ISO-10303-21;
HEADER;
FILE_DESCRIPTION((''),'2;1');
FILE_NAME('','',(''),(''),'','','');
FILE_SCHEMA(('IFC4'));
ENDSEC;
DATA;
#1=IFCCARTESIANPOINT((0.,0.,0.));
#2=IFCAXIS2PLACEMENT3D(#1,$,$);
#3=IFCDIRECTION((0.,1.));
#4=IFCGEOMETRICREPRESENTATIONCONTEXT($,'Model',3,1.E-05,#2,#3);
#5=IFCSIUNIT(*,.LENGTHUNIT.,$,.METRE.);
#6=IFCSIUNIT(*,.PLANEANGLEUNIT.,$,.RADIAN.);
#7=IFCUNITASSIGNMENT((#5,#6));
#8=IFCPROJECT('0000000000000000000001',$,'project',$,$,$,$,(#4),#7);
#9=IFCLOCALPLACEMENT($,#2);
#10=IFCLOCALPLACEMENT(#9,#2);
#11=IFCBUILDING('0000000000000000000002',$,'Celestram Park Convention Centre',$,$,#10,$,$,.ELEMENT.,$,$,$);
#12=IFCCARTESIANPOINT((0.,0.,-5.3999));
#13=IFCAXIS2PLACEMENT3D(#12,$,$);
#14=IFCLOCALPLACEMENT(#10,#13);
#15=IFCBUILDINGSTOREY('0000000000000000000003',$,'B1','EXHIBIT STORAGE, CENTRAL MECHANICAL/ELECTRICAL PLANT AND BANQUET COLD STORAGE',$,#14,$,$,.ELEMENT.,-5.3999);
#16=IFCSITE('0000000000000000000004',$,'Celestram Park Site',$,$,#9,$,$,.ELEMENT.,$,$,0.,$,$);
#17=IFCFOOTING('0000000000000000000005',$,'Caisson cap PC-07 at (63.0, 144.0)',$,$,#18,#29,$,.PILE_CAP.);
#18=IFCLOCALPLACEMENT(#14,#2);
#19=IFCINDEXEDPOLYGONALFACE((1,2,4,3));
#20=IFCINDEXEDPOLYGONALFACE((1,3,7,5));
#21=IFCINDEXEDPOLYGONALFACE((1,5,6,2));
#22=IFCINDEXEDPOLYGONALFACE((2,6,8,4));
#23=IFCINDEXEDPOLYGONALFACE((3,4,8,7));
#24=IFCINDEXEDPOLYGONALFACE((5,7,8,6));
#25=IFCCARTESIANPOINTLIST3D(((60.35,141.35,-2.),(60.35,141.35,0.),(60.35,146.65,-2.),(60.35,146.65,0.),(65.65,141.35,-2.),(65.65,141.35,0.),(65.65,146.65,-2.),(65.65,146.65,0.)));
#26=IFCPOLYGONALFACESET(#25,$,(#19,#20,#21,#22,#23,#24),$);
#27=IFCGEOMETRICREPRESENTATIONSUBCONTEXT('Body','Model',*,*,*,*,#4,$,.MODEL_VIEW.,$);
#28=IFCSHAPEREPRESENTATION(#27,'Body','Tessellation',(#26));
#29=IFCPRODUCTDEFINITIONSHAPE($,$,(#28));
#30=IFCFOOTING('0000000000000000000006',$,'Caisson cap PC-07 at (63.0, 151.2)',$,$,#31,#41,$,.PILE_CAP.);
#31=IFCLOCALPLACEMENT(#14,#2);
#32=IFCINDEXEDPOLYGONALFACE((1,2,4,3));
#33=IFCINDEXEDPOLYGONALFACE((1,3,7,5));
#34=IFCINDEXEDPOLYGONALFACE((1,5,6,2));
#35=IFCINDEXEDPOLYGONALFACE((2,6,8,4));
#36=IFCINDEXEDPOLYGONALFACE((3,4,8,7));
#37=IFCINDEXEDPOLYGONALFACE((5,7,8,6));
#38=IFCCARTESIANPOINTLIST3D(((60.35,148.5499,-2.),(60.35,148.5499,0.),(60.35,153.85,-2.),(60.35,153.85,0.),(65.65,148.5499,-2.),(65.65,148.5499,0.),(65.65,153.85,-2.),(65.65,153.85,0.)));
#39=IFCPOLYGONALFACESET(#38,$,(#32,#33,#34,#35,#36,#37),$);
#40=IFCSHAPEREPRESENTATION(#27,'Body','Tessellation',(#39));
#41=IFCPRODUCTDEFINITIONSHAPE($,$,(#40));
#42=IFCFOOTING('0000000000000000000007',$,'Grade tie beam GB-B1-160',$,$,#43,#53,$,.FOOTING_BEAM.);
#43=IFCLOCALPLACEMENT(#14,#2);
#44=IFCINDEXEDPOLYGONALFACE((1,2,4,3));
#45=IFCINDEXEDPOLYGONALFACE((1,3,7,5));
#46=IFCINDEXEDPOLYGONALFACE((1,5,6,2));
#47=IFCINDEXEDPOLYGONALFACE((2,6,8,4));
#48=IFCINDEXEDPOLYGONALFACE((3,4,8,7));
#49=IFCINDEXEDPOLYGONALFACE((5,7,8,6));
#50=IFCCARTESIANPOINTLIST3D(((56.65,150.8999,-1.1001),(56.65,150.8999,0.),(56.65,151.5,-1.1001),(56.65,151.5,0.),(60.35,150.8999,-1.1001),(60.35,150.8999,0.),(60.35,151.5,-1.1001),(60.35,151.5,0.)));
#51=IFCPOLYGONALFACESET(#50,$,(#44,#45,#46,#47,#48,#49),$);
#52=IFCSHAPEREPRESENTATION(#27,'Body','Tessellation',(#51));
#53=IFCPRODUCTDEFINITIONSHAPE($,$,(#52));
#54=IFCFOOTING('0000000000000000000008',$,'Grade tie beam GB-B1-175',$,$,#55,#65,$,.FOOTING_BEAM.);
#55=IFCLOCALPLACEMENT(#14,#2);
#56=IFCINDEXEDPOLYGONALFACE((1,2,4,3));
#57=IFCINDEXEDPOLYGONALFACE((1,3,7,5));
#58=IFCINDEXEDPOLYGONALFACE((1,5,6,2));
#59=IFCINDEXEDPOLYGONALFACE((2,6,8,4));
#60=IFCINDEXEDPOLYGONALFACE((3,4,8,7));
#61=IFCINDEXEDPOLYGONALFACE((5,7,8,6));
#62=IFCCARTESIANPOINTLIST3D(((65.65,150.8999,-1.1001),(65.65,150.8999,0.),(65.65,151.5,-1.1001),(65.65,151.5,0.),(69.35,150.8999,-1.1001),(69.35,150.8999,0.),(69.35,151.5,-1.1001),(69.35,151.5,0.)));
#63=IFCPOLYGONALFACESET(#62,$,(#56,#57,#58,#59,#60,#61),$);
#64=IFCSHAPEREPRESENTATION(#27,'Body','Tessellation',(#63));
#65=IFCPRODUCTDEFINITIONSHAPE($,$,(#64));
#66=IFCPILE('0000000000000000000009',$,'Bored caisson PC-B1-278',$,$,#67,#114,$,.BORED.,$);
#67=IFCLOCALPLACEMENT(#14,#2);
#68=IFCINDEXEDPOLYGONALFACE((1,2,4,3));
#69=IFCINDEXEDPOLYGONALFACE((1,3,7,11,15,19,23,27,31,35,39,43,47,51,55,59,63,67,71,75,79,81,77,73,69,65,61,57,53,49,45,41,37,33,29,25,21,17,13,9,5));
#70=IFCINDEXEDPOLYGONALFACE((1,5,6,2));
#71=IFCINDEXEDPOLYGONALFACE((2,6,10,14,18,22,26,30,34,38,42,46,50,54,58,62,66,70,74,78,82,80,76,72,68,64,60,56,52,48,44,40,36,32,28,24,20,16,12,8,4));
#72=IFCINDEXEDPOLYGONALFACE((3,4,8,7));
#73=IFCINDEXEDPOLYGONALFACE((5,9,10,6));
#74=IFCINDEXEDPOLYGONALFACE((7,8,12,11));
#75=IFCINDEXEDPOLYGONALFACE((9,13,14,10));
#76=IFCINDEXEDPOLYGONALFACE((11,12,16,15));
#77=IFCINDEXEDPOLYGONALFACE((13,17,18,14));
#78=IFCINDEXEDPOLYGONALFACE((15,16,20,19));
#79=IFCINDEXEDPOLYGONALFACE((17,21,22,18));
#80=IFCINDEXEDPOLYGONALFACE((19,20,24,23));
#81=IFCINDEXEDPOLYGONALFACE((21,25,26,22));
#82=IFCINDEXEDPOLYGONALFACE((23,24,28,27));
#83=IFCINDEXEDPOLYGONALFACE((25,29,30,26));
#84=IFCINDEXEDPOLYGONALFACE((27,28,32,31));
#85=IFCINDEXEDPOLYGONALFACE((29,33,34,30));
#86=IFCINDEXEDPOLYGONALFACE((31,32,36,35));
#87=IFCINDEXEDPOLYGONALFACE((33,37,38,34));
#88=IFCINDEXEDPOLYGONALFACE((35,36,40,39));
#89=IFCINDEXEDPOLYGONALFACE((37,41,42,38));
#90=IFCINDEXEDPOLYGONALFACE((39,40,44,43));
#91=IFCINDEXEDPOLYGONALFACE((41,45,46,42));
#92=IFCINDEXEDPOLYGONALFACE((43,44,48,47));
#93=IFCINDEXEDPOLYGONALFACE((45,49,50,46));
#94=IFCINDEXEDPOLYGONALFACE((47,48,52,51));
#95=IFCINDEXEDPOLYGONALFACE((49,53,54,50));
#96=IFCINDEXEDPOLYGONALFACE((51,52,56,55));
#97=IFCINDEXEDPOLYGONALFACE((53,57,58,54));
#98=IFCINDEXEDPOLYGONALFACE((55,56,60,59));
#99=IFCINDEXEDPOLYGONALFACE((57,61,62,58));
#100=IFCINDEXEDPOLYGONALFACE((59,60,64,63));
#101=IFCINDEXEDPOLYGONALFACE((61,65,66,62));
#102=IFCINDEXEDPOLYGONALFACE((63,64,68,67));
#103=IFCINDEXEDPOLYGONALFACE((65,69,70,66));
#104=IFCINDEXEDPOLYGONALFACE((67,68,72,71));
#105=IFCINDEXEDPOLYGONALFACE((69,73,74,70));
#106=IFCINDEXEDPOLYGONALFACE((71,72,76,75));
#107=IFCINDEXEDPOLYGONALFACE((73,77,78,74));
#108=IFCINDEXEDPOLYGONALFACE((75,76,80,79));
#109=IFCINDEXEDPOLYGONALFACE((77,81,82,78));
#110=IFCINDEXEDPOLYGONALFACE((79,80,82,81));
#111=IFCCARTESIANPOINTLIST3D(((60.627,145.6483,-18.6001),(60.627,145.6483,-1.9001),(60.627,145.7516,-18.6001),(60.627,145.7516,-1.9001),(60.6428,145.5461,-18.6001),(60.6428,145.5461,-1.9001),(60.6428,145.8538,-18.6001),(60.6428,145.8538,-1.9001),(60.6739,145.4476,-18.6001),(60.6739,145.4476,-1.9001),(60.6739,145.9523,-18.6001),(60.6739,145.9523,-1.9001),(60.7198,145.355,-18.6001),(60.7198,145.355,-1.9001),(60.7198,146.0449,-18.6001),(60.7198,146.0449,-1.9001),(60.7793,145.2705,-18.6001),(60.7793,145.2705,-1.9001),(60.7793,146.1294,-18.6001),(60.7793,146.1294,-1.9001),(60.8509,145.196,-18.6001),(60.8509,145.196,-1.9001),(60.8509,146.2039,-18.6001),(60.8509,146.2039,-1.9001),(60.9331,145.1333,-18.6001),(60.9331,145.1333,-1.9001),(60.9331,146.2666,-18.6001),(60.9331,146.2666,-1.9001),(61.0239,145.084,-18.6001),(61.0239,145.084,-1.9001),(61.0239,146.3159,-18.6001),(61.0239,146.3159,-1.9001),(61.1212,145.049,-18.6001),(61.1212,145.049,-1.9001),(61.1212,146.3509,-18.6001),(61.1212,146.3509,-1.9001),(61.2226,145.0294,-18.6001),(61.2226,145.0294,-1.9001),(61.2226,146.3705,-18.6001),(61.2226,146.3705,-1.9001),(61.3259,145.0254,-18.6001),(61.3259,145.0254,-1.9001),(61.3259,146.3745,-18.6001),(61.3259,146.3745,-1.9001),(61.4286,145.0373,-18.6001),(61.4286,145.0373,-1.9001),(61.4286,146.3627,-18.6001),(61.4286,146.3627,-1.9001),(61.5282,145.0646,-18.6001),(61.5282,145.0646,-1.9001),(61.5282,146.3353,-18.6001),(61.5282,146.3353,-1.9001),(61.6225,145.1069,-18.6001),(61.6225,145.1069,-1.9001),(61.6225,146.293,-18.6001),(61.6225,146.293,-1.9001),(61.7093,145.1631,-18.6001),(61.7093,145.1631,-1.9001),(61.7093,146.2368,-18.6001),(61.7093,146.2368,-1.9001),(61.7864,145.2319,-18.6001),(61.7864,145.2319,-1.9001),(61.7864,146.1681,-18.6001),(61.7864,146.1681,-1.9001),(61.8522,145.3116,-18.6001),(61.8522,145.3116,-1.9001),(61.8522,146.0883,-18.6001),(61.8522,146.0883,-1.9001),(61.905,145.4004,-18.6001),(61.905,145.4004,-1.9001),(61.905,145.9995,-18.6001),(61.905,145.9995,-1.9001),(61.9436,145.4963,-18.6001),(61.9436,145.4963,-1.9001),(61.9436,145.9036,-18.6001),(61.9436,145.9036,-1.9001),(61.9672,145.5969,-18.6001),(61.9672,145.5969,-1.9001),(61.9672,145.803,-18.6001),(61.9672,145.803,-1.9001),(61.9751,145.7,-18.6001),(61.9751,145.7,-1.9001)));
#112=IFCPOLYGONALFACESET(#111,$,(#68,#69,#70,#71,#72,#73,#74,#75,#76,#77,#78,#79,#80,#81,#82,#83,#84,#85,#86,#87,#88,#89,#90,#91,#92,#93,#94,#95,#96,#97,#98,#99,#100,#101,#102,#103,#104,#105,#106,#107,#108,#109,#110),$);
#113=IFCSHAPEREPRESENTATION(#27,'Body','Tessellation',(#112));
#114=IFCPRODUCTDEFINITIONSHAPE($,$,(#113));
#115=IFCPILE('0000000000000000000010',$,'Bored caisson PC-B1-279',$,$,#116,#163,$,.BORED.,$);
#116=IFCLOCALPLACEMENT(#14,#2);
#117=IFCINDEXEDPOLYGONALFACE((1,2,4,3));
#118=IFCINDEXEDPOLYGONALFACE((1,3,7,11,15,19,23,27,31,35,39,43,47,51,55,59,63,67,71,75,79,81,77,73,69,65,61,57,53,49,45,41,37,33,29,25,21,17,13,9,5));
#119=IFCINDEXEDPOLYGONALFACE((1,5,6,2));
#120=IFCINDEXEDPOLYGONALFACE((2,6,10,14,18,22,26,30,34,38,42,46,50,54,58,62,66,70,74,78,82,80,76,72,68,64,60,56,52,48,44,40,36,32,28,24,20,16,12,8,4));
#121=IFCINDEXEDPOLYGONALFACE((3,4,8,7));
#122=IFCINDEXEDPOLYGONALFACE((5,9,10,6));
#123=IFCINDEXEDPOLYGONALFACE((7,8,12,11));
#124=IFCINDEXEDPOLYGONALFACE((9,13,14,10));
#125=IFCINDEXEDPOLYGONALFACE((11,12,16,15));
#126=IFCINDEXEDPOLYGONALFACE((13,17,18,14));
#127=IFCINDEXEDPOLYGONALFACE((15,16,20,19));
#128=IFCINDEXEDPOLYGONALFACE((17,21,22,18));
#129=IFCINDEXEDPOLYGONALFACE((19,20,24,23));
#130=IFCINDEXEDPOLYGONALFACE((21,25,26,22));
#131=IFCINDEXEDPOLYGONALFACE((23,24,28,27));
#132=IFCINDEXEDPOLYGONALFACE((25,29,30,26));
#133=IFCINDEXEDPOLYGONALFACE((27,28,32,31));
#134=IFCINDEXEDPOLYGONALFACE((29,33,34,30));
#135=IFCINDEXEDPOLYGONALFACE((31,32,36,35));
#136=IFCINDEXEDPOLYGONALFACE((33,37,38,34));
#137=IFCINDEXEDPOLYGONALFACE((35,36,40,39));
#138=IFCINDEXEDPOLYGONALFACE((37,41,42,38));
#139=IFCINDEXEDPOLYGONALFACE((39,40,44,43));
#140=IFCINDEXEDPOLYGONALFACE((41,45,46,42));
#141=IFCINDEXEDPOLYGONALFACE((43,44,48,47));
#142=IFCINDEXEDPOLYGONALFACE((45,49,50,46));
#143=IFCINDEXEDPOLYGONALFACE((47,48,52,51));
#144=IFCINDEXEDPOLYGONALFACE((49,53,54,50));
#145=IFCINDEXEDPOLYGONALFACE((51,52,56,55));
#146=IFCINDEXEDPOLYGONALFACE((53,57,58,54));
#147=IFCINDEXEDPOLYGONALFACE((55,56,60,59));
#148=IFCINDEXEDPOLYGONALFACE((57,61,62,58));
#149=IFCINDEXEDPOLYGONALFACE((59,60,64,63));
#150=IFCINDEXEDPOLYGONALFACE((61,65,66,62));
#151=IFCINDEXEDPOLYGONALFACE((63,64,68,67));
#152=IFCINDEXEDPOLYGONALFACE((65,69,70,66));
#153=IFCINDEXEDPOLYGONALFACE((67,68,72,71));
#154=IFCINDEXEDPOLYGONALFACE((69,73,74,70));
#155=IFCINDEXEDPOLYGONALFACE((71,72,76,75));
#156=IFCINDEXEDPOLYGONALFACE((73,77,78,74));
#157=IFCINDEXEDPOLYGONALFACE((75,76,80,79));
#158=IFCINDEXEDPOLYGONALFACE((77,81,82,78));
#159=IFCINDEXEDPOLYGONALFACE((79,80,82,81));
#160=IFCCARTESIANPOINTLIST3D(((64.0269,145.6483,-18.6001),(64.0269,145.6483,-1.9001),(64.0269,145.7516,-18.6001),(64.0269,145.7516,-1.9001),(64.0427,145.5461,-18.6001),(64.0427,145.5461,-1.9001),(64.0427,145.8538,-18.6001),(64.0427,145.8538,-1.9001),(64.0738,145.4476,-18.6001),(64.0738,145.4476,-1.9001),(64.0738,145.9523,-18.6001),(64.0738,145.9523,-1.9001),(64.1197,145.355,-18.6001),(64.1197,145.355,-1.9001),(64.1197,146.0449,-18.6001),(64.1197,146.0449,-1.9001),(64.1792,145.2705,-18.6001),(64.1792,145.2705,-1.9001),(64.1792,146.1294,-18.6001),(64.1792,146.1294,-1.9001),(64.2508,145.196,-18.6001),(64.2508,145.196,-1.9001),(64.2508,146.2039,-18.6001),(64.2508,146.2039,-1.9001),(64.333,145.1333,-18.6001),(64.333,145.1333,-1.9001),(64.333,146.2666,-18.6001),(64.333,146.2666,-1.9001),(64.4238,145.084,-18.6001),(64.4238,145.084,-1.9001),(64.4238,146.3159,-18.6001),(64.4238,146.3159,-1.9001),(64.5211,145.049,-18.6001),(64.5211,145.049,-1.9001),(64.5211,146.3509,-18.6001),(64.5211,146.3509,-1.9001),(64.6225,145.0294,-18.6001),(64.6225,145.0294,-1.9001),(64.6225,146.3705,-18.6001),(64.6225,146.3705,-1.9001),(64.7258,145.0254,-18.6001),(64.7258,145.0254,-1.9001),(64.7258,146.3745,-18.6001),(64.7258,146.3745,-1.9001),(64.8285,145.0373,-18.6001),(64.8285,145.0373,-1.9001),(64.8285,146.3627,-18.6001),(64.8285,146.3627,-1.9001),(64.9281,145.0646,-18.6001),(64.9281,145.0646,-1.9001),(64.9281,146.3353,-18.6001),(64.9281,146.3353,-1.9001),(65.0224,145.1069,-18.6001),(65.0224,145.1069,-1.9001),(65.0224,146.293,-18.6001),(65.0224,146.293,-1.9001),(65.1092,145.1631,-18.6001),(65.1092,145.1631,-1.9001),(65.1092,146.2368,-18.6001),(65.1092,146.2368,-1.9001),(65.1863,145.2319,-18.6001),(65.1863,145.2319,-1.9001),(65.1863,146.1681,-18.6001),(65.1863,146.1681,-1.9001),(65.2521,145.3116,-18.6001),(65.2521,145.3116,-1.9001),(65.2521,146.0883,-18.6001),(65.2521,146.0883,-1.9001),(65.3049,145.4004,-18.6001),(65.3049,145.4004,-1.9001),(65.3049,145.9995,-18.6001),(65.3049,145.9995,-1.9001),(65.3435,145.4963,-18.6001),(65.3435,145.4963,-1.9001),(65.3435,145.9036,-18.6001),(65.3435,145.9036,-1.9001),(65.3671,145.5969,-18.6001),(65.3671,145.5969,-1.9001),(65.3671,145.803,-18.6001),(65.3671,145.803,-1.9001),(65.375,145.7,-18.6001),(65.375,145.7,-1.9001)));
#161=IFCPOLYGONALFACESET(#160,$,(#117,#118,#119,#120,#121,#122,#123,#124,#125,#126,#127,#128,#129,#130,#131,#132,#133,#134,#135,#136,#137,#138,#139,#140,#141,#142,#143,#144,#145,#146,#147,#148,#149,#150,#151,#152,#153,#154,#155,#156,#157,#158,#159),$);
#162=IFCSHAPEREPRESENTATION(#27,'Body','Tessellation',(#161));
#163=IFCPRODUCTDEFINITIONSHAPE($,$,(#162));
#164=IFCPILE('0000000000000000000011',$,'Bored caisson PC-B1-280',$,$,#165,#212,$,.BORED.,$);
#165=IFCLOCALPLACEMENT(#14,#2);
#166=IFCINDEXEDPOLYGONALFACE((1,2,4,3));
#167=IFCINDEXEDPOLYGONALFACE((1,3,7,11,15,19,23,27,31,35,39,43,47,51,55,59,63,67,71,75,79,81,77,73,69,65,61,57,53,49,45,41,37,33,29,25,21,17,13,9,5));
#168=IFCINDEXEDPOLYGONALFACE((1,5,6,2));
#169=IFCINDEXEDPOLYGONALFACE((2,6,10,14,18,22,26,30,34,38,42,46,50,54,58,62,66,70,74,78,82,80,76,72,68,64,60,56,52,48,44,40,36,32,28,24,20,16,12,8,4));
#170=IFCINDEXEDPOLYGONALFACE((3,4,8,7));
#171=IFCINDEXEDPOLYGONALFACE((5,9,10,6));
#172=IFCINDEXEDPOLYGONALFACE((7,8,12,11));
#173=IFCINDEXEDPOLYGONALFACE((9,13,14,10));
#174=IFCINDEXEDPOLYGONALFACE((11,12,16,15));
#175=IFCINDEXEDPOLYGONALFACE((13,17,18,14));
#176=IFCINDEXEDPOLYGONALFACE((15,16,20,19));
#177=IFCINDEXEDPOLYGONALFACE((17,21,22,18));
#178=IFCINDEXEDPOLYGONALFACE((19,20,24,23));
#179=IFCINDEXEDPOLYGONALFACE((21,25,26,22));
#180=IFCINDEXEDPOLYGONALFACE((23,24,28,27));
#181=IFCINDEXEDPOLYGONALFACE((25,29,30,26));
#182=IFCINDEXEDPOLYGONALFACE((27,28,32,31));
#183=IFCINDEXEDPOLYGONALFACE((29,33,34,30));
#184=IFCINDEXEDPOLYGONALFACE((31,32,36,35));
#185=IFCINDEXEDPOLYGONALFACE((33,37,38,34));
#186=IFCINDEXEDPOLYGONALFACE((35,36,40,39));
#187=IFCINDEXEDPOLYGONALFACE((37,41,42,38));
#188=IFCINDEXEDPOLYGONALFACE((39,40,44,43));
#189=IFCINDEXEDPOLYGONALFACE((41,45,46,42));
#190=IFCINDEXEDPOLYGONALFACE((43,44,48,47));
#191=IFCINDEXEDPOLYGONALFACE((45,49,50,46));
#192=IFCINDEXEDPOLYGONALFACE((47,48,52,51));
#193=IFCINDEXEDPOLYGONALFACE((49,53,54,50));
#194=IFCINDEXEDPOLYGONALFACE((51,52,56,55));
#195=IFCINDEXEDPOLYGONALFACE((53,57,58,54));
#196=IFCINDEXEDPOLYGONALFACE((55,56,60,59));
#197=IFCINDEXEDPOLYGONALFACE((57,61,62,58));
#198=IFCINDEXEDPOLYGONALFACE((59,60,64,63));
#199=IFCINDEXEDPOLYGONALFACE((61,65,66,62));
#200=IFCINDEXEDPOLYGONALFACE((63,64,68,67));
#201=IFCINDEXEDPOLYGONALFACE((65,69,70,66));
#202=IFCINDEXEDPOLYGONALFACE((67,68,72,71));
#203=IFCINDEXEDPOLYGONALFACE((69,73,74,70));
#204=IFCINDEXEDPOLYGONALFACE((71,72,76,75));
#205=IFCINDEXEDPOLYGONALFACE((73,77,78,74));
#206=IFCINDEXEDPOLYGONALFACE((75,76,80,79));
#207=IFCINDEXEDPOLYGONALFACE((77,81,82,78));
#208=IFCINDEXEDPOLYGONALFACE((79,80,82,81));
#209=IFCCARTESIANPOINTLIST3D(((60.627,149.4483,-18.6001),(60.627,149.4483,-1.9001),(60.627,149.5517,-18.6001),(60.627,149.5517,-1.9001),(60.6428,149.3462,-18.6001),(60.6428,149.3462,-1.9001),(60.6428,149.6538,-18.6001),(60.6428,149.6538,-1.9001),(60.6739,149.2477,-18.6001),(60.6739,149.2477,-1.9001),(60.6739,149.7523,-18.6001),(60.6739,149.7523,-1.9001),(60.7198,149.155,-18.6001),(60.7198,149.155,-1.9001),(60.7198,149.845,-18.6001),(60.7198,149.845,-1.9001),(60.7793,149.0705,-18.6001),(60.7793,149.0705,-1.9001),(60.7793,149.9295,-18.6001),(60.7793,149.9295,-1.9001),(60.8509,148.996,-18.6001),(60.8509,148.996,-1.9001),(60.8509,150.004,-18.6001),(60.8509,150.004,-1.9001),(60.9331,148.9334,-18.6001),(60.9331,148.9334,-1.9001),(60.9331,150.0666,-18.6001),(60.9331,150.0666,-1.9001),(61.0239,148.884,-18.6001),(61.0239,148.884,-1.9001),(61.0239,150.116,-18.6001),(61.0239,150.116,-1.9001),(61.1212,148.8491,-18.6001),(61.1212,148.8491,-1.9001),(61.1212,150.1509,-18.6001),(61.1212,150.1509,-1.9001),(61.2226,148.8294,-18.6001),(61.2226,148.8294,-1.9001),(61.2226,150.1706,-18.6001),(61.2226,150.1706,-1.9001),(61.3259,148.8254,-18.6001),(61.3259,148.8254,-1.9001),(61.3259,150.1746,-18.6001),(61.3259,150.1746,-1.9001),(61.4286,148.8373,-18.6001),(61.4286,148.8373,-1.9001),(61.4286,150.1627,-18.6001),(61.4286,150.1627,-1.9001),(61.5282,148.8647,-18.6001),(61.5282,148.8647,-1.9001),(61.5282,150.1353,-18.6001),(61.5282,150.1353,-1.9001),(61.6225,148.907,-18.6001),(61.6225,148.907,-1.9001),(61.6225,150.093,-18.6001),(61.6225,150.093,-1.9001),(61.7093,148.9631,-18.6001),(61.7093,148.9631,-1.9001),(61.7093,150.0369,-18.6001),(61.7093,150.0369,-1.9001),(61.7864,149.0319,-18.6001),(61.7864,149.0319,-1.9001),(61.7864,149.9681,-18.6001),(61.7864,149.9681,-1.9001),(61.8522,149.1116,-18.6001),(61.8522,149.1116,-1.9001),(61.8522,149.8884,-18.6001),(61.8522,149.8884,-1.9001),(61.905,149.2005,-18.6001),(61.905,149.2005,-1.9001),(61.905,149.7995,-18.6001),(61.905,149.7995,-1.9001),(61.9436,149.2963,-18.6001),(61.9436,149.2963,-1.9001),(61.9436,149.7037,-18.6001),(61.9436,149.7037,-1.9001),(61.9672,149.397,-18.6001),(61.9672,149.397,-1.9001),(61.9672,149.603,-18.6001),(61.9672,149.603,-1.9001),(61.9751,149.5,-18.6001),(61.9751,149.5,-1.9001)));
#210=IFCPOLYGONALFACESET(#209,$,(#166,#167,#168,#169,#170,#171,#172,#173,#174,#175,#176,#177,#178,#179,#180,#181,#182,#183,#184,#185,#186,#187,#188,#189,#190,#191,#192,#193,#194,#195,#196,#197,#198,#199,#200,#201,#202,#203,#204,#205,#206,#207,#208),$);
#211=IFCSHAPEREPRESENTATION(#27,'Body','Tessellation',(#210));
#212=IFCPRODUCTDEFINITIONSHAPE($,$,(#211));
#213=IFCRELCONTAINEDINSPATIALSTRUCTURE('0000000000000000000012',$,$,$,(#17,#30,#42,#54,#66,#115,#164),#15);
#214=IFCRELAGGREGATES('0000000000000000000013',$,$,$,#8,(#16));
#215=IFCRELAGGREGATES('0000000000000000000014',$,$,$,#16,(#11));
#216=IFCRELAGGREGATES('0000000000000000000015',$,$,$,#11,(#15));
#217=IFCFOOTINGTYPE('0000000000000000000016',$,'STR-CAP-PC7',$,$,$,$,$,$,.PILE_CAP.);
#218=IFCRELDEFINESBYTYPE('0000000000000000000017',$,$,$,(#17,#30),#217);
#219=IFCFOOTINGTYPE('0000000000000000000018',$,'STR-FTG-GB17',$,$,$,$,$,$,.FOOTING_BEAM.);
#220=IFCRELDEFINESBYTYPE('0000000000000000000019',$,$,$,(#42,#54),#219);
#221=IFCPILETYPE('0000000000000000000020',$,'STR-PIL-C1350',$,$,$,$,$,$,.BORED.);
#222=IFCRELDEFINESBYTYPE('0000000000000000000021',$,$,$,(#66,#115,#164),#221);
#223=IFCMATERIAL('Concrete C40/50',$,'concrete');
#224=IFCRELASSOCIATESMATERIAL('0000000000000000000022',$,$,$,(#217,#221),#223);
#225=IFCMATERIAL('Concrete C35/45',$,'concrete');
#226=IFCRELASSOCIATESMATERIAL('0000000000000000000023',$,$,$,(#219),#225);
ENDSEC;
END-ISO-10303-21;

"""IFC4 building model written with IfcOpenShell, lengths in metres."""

from ifc_helpers import new_model, si_unit, direction, frame, origin, origin_2d, place, context, subcontext, project, spatial, rectangle, circle, extrude, material, material_profile, profile_set, type_object, element, save


model = new_model("IFC4")

# Units and contexts
model_context = context("Model", 3, precision=1e-05, world=origin(), true_north=direction((0.0, 1.0)))
body_context = subcontext(model_context, "Body", "Model", "MODEL_VIEW")
ifc_project = project(units=[si_unit("LENGTHUNIT", "METRE"), si_unit("PLANEANGLEUNIT", "RADIAN")], contexts=[model_context])

# Site, building, storey
site_placement = place(None, origin())
site = spatial("IfcSite", under=ifc_project, at=site_placement, Name="Celestram Park Site", CompositionType="ELEMENT", RefElevation=0.0)
building_placement = place(site_placement, origin())
building = spatial("IfcBuilding", under=site, at=building_placement, Name="Celestram Park Convention Centre", CompositionType="ELEMENT")
storey_placement = place(building_placement, frame((0.0, 0.0, -5.3999)))
storey = spatial("IfcBuildingStorey", under=building, at=storey_placement, Name="B1", Description="EXHIBIT STORAGE, CENTRAL MECHANICAL/ELECTRICAL PLANT AND BANQUET COLD STORAGE", CompositionType="ELEMENT", Elevation=-5.3999)

# Footings
ifc_material_1 = material(Name="Concrete C40/50", Category="concrete")
footing_type_1 = type_object("IfcFootingType", Name="STR-CAP-PC7", PredefinedType="PILE_CAP", material=ifc_material_1)
for number, where, z_axis, x_axis, name in (
    (1, (63.0, 144.0, -2.0), (0.0, 0.0, 1.0), (1.0, 0.0, 0.0), "Caisson cap PC-07 at (63.0, 144.0)"),
    (2, (63.0, 151.2, -2.0), (0.0, 0.0, 1.0), (1.0, 0.0, 0.0), "Caisson cap PC-07 at (63.0, 151.2)"),
):
    element("IfcFooting", number, at=place(storey_placement, frame(where, z_axis=z_axis, x_axis=x_axis)), inside=storey, type_object=footing_type_1, Name=name, PredefinedType="PILE_CAP", context=body_context, shape_type="SweptSolid", body=[
        extrude(rectangle(XDim=5.3, YDim=5.3, at=origin_2d()), origin(), (0.0, 0.0, 1.0), 2.0),
    ])
ifc_material_2 = material(Name="Concrete C35/45", Category="concrete")
footing_type_2 = type_object("IfcFootingType", Name="STR-FTG-GB17", PredefinedType="FOOTING_BEAM", material=ifc_material_2)
for number, where, z_axis, x_axis, name in (
    (3, (58.5, 151.2, -1.1001), (0.0, 0.0, 1.0), (1.0, 0.0, 0.0), "Grade tie beam GB-B1-160"),
    (4, (67.5, 151.2, -1.1001), (0.0, 0.0, 1.0), (1.0, 0.0, 0.0), "Grade tie beam GB-B1-175"),
):
    element("IfcFooting", number, at=place(storey_placement, frame(where, z_axis=z_axis, x_axis=x_axis)), inside=storey, type_object=footing_type_2, Name=name, PredefinedType="FOOTING_BEAM", context=body_context, shape_type="SweptSolid", body=[
        extrude(rectangle(XDim=3.7, YDim=0.6001, at=origin_2d()), origin(), (0.0, 0.0, 1.0), 1.1001),
    ])

# Piles
ifc_material_profile_1 = material_profile(ifc_material_1, circle(Radius=0.675, at=origin_2d()), Name="CAISSON1350")
ifc_profile_set_1 = profile_set([ifc_material_profile_1], Name="Concrete C40/50")
pile_type = type_object("IfcPileType", Name="STR-PIL-C1350", PredefinedType="BORED", material=ifc_profile_set_1)
for number, where, z_axis, x_axis, name in (
    (5, (61.3, 145.7, -1.9001), (0.0, 0.0, -1.0), (1.0, 0.0, 0.0), "Bored caisson PC-B1-278"),
    (6, (64.7, 145.7, -1.9001), (0.0, 0.0, -1.0), (1.0, 0.0, 0.0), "Bored caisson PC-B1-279"),
    (7, (61.3, 149.5, -1.9001), (0.0, 0.0, -1.0), (1.0, 0.0, 0.0), "Bored caisson PC-B1-280"),
):
    element("IfcPile", number, at=place(storey_placement, frame(where, z_axis=z_axis, x_axis=x_axis)), inside=storey, type_object=pile_type, Name=name, PredefinedType="BORED", context=body_context, shape_type="SweptSolid", body=[
        extrude(circle(Radius=0.675, at=origin_2d()), origin(), (0.0, 0.0, 1.0), 16.7),
    ])

save(model, "model.ifc")
